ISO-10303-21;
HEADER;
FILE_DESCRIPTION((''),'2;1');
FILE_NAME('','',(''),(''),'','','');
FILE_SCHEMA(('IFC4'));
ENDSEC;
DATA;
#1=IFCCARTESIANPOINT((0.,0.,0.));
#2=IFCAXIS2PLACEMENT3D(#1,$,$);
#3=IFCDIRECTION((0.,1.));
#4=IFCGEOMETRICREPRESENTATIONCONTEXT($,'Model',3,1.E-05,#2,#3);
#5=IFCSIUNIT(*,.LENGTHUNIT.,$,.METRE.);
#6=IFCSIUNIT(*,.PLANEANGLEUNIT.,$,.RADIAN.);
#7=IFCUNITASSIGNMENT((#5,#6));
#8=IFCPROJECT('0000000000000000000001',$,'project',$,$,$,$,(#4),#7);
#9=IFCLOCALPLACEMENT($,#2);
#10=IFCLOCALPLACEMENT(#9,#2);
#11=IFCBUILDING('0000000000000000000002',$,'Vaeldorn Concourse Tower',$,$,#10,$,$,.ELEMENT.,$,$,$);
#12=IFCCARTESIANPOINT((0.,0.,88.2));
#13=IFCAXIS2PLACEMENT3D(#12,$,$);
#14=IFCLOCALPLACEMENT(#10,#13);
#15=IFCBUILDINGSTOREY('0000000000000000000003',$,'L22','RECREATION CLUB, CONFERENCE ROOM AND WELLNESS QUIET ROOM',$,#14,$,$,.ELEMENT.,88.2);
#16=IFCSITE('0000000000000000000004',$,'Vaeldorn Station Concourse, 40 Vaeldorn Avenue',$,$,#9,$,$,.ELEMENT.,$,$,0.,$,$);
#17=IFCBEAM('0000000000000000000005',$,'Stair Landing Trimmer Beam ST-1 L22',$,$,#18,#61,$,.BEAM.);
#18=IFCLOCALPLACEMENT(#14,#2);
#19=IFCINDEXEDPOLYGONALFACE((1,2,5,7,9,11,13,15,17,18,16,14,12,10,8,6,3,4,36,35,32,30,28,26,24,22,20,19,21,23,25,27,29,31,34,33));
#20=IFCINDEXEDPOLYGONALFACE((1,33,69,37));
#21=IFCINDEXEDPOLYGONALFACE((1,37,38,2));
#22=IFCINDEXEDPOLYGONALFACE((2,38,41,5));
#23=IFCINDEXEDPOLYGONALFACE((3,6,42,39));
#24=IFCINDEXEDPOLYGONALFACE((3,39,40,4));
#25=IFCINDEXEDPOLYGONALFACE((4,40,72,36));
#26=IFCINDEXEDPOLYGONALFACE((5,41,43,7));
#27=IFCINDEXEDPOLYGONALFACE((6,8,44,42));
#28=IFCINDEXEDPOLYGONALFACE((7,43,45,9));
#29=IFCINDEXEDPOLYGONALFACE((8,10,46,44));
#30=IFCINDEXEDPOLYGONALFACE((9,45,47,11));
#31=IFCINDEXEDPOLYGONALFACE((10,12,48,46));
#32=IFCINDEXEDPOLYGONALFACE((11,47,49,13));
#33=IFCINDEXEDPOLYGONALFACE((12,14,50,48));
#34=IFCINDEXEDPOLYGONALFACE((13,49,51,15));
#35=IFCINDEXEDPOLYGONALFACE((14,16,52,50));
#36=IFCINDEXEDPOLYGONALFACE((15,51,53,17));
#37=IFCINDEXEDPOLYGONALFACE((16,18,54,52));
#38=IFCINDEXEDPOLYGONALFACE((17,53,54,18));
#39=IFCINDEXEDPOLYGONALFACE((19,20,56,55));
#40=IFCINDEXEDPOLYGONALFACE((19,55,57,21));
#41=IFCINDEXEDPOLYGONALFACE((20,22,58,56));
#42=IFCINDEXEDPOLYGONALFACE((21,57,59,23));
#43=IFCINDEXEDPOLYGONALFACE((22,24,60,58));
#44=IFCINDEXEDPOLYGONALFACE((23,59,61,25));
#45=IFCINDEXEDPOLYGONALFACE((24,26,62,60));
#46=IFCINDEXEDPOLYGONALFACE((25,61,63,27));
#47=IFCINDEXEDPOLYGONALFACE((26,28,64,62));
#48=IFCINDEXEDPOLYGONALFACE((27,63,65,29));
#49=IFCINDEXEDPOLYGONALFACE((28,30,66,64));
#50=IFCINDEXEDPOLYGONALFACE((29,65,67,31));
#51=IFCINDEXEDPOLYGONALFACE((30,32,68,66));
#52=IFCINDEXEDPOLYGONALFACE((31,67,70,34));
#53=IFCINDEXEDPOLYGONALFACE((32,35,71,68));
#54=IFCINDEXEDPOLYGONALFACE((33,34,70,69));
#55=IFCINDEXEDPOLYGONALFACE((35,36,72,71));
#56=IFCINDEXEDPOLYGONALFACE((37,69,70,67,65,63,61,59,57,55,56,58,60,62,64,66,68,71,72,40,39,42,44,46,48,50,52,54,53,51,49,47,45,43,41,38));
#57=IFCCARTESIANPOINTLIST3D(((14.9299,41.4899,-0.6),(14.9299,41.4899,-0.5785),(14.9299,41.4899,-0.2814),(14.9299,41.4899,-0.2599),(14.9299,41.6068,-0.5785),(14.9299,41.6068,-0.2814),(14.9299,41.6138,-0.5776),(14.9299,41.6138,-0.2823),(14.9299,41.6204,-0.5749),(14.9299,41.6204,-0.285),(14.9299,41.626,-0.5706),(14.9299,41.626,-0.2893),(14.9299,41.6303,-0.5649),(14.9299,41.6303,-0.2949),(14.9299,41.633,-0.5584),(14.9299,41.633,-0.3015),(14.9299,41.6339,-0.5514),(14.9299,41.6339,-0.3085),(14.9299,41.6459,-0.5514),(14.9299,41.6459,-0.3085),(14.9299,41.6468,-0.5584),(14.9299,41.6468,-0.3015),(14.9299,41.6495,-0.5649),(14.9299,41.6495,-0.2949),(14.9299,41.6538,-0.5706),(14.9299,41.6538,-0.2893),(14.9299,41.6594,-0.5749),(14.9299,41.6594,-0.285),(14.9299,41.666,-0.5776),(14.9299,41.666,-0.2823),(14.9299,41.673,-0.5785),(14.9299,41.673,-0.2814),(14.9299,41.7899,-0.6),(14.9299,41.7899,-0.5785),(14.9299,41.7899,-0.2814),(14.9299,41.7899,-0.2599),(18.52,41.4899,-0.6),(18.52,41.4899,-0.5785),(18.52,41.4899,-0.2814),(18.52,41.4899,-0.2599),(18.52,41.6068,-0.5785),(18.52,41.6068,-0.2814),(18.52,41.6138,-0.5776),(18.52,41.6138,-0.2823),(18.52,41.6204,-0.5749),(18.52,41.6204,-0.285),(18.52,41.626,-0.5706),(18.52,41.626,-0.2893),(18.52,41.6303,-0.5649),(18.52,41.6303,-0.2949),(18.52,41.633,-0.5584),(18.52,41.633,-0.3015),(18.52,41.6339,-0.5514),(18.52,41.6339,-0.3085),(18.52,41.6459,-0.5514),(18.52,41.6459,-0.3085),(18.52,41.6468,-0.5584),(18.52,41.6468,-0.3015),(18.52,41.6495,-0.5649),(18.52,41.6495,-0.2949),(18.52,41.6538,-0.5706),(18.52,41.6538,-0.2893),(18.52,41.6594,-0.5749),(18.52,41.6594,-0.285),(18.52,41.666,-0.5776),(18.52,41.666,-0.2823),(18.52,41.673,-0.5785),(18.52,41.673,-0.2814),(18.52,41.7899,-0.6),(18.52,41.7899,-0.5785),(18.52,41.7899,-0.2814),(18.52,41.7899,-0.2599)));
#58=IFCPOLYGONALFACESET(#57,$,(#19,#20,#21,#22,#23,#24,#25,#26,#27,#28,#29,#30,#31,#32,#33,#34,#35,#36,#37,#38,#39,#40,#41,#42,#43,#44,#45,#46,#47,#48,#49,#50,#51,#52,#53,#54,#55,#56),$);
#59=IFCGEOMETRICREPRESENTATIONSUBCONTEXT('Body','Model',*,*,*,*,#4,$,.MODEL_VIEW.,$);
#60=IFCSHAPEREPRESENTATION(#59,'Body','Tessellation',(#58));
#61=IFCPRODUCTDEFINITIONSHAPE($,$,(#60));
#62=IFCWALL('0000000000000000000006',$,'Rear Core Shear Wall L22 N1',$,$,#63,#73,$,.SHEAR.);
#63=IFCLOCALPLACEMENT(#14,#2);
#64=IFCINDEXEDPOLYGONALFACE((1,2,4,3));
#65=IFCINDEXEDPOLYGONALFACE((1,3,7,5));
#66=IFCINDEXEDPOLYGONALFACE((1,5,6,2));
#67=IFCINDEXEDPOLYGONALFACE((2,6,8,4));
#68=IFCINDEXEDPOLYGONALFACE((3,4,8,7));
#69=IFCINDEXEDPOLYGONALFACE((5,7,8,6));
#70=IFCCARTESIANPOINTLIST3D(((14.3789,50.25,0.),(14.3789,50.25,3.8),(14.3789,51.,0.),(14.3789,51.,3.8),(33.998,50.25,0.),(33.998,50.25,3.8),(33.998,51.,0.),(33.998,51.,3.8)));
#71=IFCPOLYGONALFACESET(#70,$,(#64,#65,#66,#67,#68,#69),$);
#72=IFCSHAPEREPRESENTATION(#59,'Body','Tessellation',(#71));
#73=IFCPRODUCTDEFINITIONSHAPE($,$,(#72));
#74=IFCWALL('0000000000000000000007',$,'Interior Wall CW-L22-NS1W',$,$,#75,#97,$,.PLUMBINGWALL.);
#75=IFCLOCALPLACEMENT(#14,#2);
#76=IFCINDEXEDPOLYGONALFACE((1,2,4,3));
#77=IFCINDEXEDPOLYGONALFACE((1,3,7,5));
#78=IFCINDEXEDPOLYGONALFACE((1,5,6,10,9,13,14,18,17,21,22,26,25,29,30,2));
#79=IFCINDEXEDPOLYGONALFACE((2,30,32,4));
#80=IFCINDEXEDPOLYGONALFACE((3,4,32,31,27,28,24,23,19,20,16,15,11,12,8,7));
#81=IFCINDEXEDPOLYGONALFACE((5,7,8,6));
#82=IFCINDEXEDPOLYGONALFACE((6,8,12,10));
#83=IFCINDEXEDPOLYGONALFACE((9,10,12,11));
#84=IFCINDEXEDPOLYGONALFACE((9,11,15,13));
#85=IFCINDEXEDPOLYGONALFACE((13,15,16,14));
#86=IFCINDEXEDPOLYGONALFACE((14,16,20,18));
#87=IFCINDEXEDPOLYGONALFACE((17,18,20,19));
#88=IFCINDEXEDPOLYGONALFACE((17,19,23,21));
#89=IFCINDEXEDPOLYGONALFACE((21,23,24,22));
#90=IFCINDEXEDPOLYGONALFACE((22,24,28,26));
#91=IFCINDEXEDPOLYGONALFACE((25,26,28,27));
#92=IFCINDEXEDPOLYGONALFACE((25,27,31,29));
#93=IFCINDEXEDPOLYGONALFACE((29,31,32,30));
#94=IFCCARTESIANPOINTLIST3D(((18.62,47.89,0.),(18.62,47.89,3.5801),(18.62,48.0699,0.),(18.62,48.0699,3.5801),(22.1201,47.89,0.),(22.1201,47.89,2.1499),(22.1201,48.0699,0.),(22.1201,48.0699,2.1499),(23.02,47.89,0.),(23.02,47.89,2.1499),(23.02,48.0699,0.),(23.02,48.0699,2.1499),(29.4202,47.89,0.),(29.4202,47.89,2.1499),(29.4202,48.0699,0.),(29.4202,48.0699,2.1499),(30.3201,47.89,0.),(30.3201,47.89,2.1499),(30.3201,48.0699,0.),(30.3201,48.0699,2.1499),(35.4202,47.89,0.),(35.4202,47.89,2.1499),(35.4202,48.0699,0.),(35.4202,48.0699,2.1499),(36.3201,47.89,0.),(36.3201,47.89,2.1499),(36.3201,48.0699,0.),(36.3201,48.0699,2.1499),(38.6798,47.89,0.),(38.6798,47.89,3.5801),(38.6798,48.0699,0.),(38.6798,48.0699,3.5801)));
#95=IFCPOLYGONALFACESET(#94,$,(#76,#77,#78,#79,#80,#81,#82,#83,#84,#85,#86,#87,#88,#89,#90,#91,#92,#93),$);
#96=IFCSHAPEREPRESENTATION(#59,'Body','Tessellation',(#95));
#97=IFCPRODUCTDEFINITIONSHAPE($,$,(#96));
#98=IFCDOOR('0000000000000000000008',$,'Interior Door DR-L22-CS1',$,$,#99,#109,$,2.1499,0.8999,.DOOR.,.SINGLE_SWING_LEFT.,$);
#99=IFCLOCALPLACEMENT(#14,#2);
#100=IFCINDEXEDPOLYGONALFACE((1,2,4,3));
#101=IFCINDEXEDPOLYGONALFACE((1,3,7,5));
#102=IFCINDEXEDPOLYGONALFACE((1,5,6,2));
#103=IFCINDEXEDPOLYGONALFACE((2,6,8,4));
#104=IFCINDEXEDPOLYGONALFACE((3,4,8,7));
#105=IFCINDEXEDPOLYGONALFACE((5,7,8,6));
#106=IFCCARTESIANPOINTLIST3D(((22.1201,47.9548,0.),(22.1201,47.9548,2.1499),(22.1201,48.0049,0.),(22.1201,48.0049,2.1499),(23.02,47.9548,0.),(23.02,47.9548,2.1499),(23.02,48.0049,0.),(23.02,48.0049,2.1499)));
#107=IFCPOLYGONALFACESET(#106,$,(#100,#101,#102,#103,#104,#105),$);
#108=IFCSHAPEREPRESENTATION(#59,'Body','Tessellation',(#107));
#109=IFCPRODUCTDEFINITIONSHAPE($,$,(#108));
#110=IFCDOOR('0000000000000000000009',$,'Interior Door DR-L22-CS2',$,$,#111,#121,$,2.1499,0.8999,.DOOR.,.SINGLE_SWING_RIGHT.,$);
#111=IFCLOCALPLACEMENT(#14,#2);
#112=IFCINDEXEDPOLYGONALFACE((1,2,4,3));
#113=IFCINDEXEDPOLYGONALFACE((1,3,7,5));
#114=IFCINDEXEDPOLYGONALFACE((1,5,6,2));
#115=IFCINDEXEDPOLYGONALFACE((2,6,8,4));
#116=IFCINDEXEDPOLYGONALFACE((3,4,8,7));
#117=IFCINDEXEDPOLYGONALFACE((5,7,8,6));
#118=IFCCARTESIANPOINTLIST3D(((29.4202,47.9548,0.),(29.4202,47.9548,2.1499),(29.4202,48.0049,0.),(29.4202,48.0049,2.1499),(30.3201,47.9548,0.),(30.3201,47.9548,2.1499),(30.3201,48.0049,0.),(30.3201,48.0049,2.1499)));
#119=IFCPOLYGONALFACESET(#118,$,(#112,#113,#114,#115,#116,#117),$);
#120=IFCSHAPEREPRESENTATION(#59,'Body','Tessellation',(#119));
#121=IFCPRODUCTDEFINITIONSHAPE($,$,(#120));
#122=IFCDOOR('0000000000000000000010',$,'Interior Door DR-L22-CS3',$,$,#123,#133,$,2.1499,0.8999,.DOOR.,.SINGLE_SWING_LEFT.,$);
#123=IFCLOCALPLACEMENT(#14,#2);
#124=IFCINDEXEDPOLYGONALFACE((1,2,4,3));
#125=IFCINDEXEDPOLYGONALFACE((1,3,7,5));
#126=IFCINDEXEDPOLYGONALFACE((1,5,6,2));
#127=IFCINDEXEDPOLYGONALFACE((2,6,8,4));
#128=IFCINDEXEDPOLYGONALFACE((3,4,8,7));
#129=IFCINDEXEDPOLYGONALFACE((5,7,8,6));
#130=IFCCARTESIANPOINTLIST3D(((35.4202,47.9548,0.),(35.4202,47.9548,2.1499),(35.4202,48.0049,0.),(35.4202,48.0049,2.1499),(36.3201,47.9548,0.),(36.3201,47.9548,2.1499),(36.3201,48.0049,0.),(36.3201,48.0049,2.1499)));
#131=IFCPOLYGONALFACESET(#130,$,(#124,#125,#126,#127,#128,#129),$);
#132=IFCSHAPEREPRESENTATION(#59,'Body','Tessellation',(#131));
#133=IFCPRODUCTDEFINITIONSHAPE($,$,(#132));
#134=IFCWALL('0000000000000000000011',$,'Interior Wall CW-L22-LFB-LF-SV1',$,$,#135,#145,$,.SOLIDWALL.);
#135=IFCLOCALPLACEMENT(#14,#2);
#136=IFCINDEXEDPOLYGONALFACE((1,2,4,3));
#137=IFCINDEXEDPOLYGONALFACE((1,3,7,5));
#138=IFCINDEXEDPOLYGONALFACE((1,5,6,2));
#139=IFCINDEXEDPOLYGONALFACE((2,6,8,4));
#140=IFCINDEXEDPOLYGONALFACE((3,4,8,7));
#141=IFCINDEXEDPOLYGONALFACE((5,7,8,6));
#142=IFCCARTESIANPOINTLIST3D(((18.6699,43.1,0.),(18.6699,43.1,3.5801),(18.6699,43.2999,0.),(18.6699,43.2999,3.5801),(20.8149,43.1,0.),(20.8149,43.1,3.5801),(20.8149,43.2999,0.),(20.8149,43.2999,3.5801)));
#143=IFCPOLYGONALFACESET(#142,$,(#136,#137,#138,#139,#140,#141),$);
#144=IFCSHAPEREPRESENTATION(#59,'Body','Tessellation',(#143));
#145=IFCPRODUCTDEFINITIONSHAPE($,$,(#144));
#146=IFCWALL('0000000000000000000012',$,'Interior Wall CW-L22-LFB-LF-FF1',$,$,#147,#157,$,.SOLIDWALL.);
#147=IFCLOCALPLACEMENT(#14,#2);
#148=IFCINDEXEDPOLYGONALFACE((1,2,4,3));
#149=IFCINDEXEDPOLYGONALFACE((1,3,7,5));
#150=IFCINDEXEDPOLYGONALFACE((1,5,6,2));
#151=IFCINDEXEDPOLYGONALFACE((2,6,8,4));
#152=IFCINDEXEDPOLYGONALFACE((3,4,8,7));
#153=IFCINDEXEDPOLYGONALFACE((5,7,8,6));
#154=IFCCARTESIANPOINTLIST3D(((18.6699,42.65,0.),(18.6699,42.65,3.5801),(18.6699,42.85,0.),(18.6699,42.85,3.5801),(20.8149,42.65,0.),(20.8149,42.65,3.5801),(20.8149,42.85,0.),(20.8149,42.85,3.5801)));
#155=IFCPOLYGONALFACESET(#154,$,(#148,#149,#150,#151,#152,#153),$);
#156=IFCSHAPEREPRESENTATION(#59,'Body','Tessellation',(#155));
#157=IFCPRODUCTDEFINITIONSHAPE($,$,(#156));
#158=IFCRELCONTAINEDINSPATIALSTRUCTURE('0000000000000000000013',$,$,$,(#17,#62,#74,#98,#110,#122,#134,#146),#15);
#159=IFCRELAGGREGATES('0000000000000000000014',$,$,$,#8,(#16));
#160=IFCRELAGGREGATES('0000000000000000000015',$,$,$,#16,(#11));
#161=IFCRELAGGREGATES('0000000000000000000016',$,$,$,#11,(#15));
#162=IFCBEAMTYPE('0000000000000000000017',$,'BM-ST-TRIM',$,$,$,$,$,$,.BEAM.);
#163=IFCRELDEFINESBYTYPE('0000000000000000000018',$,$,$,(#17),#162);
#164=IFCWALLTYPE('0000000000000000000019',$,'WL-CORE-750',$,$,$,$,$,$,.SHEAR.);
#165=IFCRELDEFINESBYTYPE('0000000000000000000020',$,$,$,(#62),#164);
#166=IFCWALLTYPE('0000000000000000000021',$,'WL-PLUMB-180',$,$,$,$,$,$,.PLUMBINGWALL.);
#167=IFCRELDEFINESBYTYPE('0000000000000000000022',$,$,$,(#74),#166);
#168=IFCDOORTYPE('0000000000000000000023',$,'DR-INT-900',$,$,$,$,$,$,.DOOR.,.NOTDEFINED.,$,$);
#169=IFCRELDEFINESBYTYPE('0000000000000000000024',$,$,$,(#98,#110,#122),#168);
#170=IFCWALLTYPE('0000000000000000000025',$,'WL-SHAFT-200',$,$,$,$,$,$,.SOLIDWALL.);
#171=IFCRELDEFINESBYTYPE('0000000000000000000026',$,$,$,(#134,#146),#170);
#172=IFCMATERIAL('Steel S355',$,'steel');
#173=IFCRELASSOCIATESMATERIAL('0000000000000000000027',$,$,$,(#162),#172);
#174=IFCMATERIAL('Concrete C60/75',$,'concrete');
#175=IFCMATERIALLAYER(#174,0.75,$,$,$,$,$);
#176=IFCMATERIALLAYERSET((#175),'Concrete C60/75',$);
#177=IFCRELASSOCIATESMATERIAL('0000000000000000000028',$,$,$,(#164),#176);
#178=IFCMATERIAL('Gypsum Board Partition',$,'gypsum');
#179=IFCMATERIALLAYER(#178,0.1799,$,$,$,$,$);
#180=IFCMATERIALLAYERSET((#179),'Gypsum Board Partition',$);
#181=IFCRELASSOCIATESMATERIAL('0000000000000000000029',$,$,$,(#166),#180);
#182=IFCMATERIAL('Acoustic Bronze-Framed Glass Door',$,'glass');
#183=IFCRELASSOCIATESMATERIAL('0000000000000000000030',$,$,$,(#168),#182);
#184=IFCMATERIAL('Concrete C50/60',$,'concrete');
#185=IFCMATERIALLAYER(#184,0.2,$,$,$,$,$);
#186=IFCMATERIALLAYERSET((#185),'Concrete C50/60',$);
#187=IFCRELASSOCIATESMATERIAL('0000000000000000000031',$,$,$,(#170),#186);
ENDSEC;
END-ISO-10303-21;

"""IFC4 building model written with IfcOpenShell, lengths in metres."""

from ifc_helpers import new_model, si_unit, direction, frame, frame_2d, origin, origin_2d, place, context, subcontext, project, spatial, rectangle, i_section, extrude, source, transform, mapped, material, layer, layer_set, material_profile, profile_set, type_object, element, fill, save


model = new_model("IFC4")

# Units and contexts
model_context = context("Model", 3, precision=1e-05, world=origin(), true_north=direction((0.0, 1.0)))
body_context = subcontext(model_context, "Body", "Model", "MODEL_VIEW")
ifc_project = project(units=[si_unit("LENGTHUNIT", "METRE"), si_unit("PLANEANGLEUNIT", "RADIAN")], contexts=[model_context])

# Site, building, storey
site_placement = place(None, origin())
site = spatial("IfcSite", under=ifc_project, at=site_placement, Name="Vaeldorn Station Concourse, 40 Vaeldorn Avenue", CompositionType="ELEMENT", RefElevation=0.0)
building_placement = place(site_placement, origin())
building = spatial("IfcBuilding", under=site, at=building_placement, Name="Vaeldorn Concourse Tower", CompositionType="ELEMENT")
storey_placement = place(building_placement, frame((0.0, 0.0, 88.2)))
storey = spatial("IfcBuildingStorey", under=building, at=storey_placement, Name="L22", Description="RECREATION CLUB, CONFERENCE ROOM AND WELLNESS QUIET ROOM", CompositionType="ELEMENT", Elevation=88.2)

# Beam
ifc_material_1 = material(Name="Steel S355", Category="steel")
ifc_material_profile = material_profile(ifc_material_1, i_section(OverallWidth=0.3, OverallDepth=0.3401, WebThickness=0.012, FlangeThickness=0.0215, FilletRadius=0.0271, at=origin_2d()), Name="HEB 340")
ifc_profile_set = profile_set([ifc_material_profile], Name="Steel S355")
beam_type = type_object("IfcBeamType", Name="BM-ST-TRIM", PredefinedType="BEAM", material=ifc_profile_set)
shared_shape_1 = source(origin(), body_context, "Body", "SweptSolid", [
    extrude(i_section(OverallWidth=0.3, OverallDepth=0.3401, WebThickness=0.012, FlangeThickness=0.0215, FilletRadius=0.0271, at=origin_2d()), origin(), (0.0, 0.0, 1.0), 3.5901),
])
beam_placement = place(storey_placement, frame((14.9299, 41.6399, -0.4299), z_axis=(1.0, 0.0, 0.0), x_axis=(0.0, 1.0, 0.0)))
element("IfcBeam", 1, at=beam_placement, inside=storey, type_object=beam_type, Name="Stair Landing Trimmer Beam ST-1 L22", PredefinedType="BEAM", context=body_context, shape_type="MappedRepresentation", body=[
    mapped(shared_shape_1, transform((0.0, 0.0, 0.0), scale=1.0)),
])

# Wall
ifc_material_2 = material(Name="Concrete C60/75", Category="concrete")
ifc_layer_1 = layer(ifc_material_2, 0.75)
ifc_layer_set_1 = layer_set([ifc_layer_1], Name="Concrete C60/75")
wall_type_1 = type_object("IfcWallType", Name="WL-CORE-750", PredefinedType="SHEAR", material=ifc_layer_set_1)
wall_1_placement = place(storey_placement, frame((14.3789, 50.625, 0.0), z_axis=(0.0, 0.0, 1.0), x_axis=(1.0, 0.0, 0.0)))
element("IfcWall", 2, at=wall_1_placement, inside=storey, type_object=wall_type_1, Name="Rear Core Shear Wall L22 N1", PredefinedType="SHEAR", context=body_context, shape_type="SweptSolid", body=[
    extrude(rectangle(XDim=19.6191, YDim=0.75, at=frame_2d((9.8096, 0.0))), origin(), (0.0, 0.0, 1.0), 3.8),
])

# Wall, openings, doors
ifc_material_3 = material(Name="Gypsum Board Partition", Category="gypsum")
ifc_layer_2 = layer(ifc_material_3, 0.1799)
ifc_layer_set_2 = layer_set([ifc_layer_2], Name="Gypsum Board Partition")
wall_type_2 = type_object("IfcWallType", Name="WL-PLUMB-180", PredefinedType="PLUMBINGWALL", material=ifc_layer_set_2)
wall_2_placement = place(storey_placement, frame((18.6201, 47.98, 0.0), z_axis=(0.0, 0.0, 1.0), x_axis=(1.0, 0.0, 0.0)))
wall_2 = element("IfcWall", 3, at=wall_2_placement, inside=storey, type_object=wall_type_2, Name="Interior Wall CW-L22-NS1W", PredefinedType="PLUMBINGWALL", context=body_context, shape_type="SweptSolid", body=[
    extrude(rectangle(XDim=20.0598, YDim=0.1799, at=frame_2d((10.0298, 0.0))), origin(), (0.0, 0.0, 1.0), 3.5801),
])
opening_1_placement = place(wall_2_placement, frame((3.5, 0.0, 0.0)))
opening_1 = element("IfcOpeningElement", 4, at=opening_1_placement, cuts=wall_2, PredefinedType="OPENING", context=body_context, shape_type="SweptSolid", body=[
    extrude(rectangle(XDim=0.8999, YDim=2.1499, at=frame_2d((0.45, 1.075))), frame((0.0, 0.1001, 0.0), z_axis=(0.0, -1.0, 0.0), x_axis=(1.0, 0.0, 0.0)), (0.0, 0.0, 1.0), 0.2),
])
opening_2_placement = place(wall_2_placement, frame((10.8, 0.0, 0.0)))
opening_2 = element("IfcOpeningElement", 5, at=opening_2_placement, cuts=wall_2, PredefinedType="OPENING", context=body_context, shape_type="SweptSolid", body=[
    extrude(rectangle(XDim=0.8999, YDim=2.1499, at=frame_2d((0.45, 1.075))), frame((0.0, 0.1001, 0.0), z_axis=(0.0, -1.0, 0.0), x_axis=(1.0, 0.0, 0.0)), (0.0, 0.0, 1.0), 0.2),
])
opening_3_placement = place(wall_2_placement, frame((16.8, 0.0, 0.0)))
opening_3 = element("IfcOpeningElement", 6, at=opening_3_placement, cuts=wall_2, PredefinedType="OPENING", context=body_context, shape_type="SweptSolid", body=[
    extrude(rectangle(XDim=0.8999, YDim=2.1499, at=frame_2d((0.45, 1.075))), frame((0.0, 0.1001, 0.0), z_axis=(0.0, -1.0, 0.0), x_axis=(1.0, 0.0, 0.0)), (0.0, 0.0, 1.0), 0.2),
])
ifc_material_4 = material(Name="Acoustic Bronze-Framed Glass Door", Category="glass")
door_type_1 = type_object("IfcDoorType", Name="DR-INT-900", OperationType="NOTDEFINED", PredefinedType="DOOR", material=ifc_material_4)
shared_shape_2 = source(origin(), body_context, "Body", "SweptSolid", [
    extrude(rectangle(XDim=0.8999, YDim=2.1499, at=frame_2d((0.45, 1.075))), frame((0.0, 0.0249, 0.0), z_axis=(0.0, -1.0, 0.0), x_axis=(1.0, 0.0, 0.0)), (0.0, 0.0, 1.0), 0.05),
])
door_1_placement = place(opening_1_placement, origin())
door_1 = element("IfcDoor", 7, at=door_1_placement, inside=storey, type_object=door_type_1, Name="Interior Door DR-L22-CS1", OperationType="SINGLE_SWING_LEFT", OverallHeight=2.1499, OverallWidth=0.8999, PredefinedType="DOOR", context=body_context, shape_type="MappedRepresentation", body=[
    mapped(shared_shape_2, transform((0.0, 0.0, 0.0), scale=1.0)),
])
fill(opening_1, door_1)
door_2_placement = place(opening_2_placement, origin())
door_2 = element("IfcDoor", 8, at=door_2_placement, inside=storey, type_object=door_type_1, Name="Interior Door DR-L22-CS2", OperationType="SINGLE_SWING_RIGHT", OverallHeight=2.1499, OverallWidth=0.8999, PredefinedType="DOOR", context=body_context, shape_type="MappedRepresentation", body=[
    mapped(shared_shape_2, transform((0.0, 0.0, 0.0), scale=1.0)),
])
fill(opening_2, door_2)
door_3_placement = place(opening_3_placement, origin())
door_3 = element("IfcDoor", 9, at=door_3_placement, inside=storey, type_object=door_type_1, Name="Interior Door DR-L22-CS3", OperationType="SINGLE_SWING_LEFT", OverallHeight=2.1499, OverallWidth=0.8999, PredefinedType="DOOR", context=body_context, shape_type="MappedRepresentation", body=[
    mapped(shared_shape_2, transform((0.0, 0.0, 0.0), scale=1.0)),
])
fill(opening_3, door_3)

# Shared definitions
ifc_material_5 = material(Name="Concrete C50/60", Category="concrete")
ifc_layer_3 = layer(ifc_material_5, 0.2)
ifc_layer_set_3 = layer_set([ifc_layer_3], Name="Concrete C50/60")
wall_type_3 = type_object("IfcWallType", Name="WL-SHAFT-200", PredefinedType="SOLIDWALL", material=ifc_layer_set_3)

# Walls
for number, where, z_axis, x_axis, name in (
    (10, (18.6699, 43.2, 0.0), (0.0, 0.0, 1.0), (1.0, 0.0, 0.0), "Interior Wall CW-L22-LFB-LF-SV1"),
    (11, (18.6699, 42.75, 0.0), (0.0, 0.0, 1.0), (1.0, 0.0, 0.0), "Interior Wall CW-L22-LFB-LF-FF1"),
):
    element("IfcWall", number, at=place(storey_placement, frame(where, z_axis=z_axis, x_axis=x_axis)), inside=storey, type_object=wall_type_3, Name=name, PredefinedType="SOLIDWALL", context=body_context, shape_type="SweptSolid", body=[
        extrude(rectangle(XDim=2.145, YDim=0.2, at=frame_2d((1.0725, 0.0))), origin(), (0.0, 0.0, 1.0), 3.5801),
    ])

save(model, "model.ifc")
